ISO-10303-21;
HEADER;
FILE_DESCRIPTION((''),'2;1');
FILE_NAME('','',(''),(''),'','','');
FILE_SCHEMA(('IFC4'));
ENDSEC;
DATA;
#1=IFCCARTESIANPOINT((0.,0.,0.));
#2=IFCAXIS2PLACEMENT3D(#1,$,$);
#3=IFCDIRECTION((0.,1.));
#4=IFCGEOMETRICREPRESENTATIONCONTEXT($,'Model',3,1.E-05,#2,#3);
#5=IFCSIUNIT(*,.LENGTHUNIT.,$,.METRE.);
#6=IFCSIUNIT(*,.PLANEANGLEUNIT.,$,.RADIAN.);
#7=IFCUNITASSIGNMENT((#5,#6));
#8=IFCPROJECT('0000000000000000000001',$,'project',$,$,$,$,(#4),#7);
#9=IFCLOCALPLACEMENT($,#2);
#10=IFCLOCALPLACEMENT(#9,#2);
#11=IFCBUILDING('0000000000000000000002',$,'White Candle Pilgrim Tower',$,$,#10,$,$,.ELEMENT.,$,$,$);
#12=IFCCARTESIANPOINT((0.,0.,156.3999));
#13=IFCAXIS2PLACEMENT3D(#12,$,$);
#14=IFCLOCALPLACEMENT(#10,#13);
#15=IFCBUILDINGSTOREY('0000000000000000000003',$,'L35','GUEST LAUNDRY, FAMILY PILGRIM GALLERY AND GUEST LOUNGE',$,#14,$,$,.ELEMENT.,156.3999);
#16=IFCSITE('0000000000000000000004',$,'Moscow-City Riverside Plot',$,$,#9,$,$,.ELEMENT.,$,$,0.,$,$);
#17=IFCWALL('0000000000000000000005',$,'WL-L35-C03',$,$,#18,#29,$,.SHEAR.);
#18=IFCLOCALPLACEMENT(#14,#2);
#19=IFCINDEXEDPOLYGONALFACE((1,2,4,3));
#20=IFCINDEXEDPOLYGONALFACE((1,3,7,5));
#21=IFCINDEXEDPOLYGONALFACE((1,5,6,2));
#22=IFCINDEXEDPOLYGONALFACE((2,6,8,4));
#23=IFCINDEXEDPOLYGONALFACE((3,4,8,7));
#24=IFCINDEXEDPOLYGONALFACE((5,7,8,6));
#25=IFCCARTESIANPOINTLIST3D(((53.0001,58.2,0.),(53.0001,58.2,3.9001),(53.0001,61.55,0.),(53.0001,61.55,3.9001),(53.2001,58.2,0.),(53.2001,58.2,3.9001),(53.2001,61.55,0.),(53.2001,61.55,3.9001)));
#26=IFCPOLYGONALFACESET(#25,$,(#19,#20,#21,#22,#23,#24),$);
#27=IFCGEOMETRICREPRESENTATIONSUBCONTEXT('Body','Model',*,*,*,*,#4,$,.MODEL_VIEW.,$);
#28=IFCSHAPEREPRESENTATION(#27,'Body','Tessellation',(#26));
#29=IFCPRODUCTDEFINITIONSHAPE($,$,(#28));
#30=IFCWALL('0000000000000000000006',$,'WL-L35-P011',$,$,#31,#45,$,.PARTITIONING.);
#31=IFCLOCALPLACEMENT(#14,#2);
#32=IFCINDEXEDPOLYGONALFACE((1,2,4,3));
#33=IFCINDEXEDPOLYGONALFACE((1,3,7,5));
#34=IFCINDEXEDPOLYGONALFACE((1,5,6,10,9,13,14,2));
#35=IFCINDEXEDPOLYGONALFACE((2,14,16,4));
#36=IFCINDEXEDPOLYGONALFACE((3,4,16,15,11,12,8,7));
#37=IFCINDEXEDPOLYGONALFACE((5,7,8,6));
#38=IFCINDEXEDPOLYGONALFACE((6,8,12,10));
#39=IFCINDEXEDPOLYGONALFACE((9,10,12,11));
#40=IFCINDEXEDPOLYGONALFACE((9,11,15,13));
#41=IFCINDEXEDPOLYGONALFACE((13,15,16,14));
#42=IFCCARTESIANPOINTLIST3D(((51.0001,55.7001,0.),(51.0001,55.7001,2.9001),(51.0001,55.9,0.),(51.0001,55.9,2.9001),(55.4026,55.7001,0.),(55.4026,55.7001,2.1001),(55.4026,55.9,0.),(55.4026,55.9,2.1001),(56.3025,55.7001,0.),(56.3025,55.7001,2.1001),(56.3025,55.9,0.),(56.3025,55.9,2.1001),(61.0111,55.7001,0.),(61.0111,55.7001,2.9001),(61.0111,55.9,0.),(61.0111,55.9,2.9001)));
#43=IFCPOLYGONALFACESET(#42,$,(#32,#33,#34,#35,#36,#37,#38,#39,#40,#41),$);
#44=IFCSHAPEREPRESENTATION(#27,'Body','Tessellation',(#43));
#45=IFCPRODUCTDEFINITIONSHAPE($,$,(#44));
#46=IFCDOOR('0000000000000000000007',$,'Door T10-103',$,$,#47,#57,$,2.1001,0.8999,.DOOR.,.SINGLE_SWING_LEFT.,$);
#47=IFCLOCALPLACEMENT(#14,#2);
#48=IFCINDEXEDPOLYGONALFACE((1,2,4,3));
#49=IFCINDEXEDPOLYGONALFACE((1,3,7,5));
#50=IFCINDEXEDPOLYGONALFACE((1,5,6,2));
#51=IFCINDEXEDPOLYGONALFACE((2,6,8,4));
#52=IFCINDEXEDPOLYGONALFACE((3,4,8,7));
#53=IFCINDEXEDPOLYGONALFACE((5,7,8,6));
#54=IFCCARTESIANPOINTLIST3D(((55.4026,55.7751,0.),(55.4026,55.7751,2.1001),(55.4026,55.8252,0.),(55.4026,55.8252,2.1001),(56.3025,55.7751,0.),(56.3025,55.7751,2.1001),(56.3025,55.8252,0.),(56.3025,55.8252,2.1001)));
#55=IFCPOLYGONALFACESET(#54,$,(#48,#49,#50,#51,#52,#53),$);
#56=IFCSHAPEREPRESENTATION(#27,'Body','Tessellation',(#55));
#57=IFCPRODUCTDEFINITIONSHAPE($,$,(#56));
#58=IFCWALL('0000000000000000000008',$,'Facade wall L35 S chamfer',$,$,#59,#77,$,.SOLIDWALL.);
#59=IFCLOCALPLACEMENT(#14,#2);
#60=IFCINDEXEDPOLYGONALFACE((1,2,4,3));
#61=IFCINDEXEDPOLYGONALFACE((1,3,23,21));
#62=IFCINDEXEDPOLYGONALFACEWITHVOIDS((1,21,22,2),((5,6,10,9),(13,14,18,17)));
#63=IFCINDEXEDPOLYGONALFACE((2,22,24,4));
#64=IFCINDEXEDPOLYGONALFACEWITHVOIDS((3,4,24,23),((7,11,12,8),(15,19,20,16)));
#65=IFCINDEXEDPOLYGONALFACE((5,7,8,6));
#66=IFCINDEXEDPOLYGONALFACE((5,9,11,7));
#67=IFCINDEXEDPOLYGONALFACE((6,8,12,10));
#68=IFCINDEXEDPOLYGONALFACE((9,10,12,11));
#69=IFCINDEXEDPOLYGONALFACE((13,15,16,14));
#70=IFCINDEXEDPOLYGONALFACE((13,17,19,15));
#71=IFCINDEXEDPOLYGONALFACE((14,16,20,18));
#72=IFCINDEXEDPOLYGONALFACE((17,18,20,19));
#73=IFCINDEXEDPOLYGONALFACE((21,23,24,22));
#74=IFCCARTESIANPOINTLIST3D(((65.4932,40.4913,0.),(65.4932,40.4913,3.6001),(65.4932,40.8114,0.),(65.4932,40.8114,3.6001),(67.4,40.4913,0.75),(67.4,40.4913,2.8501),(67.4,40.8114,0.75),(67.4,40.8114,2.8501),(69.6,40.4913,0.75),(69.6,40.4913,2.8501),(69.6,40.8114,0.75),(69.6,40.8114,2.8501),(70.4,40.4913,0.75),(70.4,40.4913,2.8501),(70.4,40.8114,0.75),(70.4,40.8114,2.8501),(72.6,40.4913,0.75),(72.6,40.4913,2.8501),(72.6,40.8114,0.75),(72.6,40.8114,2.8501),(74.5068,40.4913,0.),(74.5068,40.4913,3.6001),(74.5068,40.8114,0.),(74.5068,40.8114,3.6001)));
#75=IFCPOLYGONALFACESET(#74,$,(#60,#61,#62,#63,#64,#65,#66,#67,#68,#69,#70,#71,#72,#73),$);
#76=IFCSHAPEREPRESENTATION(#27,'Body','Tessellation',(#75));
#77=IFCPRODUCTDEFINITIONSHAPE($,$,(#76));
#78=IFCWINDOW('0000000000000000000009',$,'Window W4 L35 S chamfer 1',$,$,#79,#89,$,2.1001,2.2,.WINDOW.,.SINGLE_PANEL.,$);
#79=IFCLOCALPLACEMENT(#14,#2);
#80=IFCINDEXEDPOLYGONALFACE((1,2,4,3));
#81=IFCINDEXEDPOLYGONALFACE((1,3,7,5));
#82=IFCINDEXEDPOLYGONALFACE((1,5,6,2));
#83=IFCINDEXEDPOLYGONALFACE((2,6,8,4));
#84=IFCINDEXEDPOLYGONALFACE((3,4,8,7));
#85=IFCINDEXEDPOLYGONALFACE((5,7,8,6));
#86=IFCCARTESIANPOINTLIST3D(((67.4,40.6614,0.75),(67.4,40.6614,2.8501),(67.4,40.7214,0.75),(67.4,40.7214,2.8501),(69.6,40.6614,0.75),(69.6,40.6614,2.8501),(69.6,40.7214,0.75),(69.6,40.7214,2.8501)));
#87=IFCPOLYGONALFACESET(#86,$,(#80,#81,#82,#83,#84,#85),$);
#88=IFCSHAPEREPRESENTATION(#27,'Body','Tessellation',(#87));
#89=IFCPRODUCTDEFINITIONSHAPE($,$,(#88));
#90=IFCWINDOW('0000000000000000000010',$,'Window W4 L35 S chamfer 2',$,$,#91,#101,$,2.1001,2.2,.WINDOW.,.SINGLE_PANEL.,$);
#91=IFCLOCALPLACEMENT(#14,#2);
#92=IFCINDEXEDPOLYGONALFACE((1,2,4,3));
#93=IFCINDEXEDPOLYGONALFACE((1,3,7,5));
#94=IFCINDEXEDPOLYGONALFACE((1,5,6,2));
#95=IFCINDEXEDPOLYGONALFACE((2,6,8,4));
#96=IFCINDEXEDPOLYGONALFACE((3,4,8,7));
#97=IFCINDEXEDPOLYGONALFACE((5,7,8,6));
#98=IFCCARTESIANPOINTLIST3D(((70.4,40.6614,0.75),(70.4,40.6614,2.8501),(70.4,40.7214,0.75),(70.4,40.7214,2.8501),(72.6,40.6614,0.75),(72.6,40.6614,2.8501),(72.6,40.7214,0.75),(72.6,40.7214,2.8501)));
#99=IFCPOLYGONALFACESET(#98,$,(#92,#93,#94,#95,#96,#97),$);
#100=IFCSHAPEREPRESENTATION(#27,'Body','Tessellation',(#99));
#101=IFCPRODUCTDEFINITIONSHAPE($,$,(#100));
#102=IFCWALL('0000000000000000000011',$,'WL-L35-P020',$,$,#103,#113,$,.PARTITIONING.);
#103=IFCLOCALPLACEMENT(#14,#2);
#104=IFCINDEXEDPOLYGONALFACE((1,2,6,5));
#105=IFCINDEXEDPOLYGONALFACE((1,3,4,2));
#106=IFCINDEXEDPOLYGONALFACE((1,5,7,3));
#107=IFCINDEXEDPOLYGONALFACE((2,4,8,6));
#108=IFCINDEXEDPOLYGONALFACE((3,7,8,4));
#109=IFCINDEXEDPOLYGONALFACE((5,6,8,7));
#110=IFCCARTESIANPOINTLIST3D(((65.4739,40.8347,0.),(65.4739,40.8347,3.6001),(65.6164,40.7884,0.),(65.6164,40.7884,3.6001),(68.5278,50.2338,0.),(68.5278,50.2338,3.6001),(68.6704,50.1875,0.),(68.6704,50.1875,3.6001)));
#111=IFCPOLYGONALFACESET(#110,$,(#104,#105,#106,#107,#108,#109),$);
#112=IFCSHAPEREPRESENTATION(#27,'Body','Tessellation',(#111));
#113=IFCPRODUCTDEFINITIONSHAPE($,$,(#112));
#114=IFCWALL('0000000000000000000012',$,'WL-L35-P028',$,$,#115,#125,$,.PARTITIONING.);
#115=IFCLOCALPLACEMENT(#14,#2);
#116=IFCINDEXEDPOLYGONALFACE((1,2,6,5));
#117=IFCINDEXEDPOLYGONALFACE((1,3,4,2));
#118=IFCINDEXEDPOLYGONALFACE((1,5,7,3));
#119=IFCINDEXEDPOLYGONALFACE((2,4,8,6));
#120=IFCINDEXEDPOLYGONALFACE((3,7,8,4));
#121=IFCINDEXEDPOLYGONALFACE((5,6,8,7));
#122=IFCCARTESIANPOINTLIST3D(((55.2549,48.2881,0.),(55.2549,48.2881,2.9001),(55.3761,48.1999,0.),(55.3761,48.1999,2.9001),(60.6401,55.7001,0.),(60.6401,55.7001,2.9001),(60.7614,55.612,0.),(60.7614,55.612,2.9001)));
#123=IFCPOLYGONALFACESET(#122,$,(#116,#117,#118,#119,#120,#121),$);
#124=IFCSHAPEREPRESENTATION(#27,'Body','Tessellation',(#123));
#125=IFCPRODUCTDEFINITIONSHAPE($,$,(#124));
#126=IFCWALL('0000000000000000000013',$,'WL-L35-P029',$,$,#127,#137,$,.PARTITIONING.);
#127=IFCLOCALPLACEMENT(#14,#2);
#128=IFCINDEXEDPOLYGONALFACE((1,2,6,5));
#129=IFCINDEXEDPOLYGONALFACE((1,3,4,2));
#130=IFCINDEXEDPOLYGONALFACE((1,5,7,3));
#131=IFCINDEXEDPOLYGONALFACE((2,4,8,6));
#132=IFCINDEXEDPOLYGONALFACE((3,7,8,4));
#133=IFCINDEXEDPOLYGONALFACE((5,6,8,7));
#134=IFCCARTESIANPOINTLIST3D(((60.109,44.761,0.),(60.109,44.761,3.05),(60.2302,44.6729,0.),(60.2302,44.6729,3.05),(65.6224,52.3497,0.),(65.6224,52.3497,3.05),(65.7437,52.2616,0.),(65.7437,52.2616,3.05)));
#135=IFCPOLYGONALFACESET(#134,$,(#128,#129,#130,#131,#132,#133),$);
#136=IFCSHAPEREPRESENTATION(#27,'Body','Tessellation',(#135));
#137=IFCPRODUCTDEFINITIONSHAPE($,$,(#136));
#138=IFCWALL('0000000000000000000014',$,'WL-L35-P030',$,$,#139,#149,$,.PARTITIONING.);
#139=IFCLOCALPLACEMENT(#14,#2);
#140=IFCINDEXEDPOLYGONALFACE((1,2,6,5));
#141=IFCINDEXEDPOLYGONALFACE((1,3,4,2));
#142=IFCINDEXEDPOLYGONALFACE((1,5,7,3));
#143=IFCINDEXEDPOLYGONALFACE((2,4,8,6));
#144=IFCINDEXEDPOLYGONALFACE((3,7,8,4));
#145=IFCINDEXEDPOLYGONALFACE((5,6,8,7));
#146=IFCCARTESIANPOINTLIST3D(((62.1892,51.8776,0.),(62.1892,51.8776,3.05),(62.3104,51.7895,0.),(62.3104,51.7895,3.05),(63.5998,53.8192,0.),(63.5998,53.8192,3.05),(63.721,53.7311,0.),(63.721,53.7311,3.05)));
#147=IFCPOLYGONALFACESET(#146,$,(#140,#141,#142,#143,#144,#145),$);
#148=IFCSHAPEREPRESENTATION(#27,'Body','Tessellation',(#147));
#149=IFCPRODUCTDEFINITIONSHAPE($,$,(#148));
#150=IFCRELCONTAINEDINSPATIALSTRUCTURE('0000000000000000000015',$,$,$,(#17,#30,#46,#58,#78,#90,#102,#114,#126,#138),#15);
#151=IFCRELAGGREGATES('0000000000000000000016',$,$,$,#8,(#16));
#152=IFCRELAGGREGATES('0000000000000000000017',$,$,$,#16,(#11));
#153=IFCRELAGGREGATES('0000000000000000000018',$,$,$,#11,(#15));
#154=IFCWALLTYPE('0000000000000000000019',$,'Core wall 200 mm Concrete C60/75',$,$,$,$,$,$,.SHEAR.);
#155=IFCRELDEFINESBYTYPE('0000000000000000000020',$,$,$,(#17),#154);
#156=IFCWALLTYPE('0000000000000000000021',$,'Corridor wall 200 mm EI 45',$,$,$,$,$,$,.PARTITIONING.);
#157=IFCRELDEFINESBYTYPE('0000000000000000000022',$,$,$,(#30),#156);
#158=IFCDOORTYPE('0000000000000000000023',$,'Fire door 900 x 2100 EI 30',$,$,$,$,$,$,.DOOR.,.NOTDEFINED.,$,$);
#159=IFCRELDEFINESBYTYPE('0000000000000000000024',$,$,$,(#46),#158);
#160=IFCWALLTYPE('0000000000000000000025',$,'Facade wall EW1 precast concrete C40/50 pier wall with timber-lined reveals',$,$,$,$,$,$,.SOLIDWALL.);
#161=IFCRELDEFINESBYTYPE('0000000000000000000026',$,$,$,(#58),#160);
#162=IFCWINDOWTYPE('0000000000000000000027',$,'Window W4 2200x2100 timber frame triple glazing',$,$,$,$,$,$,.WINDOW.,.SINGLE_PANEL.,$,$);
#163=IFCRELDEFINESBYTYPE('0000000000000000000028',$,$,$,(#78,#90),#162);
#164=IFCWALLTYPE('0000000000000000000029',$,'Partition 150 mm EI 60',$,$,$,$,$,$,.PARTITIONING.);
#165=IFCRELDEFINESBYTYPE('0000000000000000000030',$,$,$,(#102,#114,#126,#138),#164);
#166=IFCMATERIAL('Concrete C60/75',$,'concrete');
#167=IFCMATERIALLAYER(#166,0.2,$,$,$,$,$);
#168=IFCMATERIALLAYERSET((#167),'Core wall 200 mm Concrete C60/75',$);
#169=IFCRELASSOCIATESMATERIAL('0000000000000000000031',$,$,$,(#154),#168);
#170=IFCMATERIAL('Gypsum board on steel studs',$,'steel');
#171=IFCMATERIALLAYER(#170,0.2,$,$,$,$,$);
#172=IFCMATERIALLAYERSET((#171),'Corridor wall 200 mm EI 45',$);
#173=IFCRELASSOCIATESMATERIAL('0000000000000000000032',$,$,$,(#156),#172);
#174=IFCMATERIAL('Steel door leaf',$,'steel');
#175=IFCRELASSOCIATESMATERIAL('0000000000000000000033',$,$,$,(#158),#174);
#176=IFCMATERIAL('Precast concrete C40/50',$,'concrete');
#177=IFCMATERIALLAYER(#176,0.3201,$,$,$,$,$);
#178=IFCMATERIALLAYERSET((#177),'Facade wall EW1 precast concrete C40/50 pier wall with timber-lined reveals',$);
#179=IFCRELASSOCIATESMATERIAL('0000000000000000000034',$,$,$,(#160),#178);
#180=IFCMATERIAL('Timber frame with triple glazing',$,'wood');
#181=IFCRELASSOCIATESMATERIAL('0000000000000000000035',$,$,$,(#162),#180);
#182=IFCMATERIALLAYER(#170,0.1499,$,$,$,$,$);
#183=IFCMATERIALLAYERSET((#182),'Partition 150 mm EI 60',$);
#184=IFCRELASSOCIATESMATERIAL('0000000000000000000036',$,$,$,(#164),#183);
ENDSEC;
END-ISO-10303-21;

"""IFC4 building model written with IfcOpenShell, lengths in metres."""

from ifc_helpers import new_model, si_unit, direction, frame, frame_2d, origin, place, context, subcontext, project, spatial, rectangle, extrude, material, layer, layer_set, type_object, element, fill, save


model = new_model("IFC4")

# Units and contexts
model_context = context("Model", 3, precision=1e-05, world=origin(), true_north=direction((0.0, 1.0)))
body_context = subcontext(model_context, "Body", "Model", "MODEL_VIEW")
ifc_project = project(units=[si_unit("LENGTHUNIT", "METRE"), si_unit("PLANEANGLEUNIT", "RADIAN")], contexts=[model_context])

# Site, building, storey
site_placement = place(None, origin())
site = spatial("IfcSite", under=ifc_project, at=site_placement, Name="Moscow-City Riverside Plot", CompositionType="ELEMENT", RefElevation=0.0)
building_placement = place(site_placement, origin())
building = spatial("IfcBuilding", under=site, at=building_placement, Name="White Candle Pilgrim Tower", CompositionType="ELEMENT")
storey_placement = place(building_placement, frame((0.0, 0.0, 156.3999)))
storey = spatial("IfcBuildingStorey", under=building, at=storey_placement, Name="L35", Description="GUEST LAUNDRY, FAMILY PILGRIM GALLERY AND GUEST LOUNGE", CompositionType="ELEMENT", Elevation=156.3999)

# Wall
ifc_material_1 = material(Name="Concrete C60/75", Category="concrete")
ifc_layer_1 = layer(ifc_material_1, 0.2)
ifc_layer_set_1 = layer_set([ifc_layer_1], Name="Core wall 200 mm Concrete C60/75")
wall_type_1 = type_object("IfcWallType", Name="Core wall 200 mm Concrete C60/75", PredefinedType="SHEAR", material=ifc_layer_set_1)
wall_1_placement = place(storey_placement, frame((53.1001, 58.2, 0.0), z_axis=(0.0, 0.0, 1.0), x_axis=(0.0, 1.0, 0.0)))
element("IfcWall", 1, at=wall_1_placement, inside=storey, type_object=wall_type_1, Name="WL-L35-C03", PredefinedType="SHEAR", context=body_context, shape_type="SweptSolid", body=[
    extrude(rectangle(XDim=3.3501, YDim=0.2, at=frame_2d((1.675, 0.0))), origin(), (0.0, 0.0, 1.0), 3.9001),
])

# Wall, opening, door
ifc_material_2 = material(Name="Gypsum board on steel studs", Category="steel")
ifc_layer_2 = layer(ifc_material_2, 0.2)
ifc_layer_set_2 = layer_set([ifc_layer_2], Name="Corridor wall 200 mm EI 45")
wall_type_2 = type_object("IfcWallType", Name="Corridor wall 200 mm EI 45", PredefinedType="PARTITIONING", material=ifc_layer_set_2)
wall_2_placement = place(storey_placement, frame((61.011, 55.8, 0.0), z_axis=(0.0, 0.0, 1.0), x_axis=(-1.0, 0.0, 0.0)))
wall_2 = element("IfcWall", 2, at=wall_2_placement, inside=storey, type_object=wall_type_2, Name="WL-L35-P011", PredefinedType="PARTITIONING", context=body_context, shape_type="SweptSolid", body=[
    extrude(rectangle(XDim=10.011, YDim=0.2, at=frame_2d((5.0054, 0.0))), origin(), (0.0, 0.0, 1.0), 2.9001),
])
opening_1_placement = place(wall_2_placement, frame((4.7085, 0.0, 0.0)))
opening_1 = element("IfcOpeningElement", 3, at=opening_1_placement, cuts=wall_2, PredefinedType="OPENING", context=body_context, shape_type="SweptSolid", body=[
    extrude(rectangle(XDim=0.8999, YDim=2.1001, at=frame_2d((0.45, 1.05))), frame((0.0, 0.1099, 0.0), z_axis=(0.0, -1.0, 0.0), x_axis=(1.0, 0.0, 0.0)), (0.0, 0.0, 1.0), 0.22),
])
ifc_material_3 = material(Name="Steel door leaf", Category="steel")
door_type_1 = type_object("IfcDoorType", Name="Fire door 900 x 2100 EI 30", OperationType="NOTDEFINED", PredefinedType="DOOR", material=ifc_material_3)
door_1_placement = place(opening_1_placement, origin())
door_1 = element("IfcDoor", 4, at=door_1_placement, inside=storey, type_object=door_type_1, Name="Door T10-103", OperationType="SINGLE_SWING_LEFT", OverallHeight=2.1001, OverallWidth=0.8999, PredefinedType="DOOR", context=body_context, shape_type="SweptSolid", body=[
    extrude(rectangle(XDim=0.8999, YDim=2.1001, at=frame_2d((0.45, 1.05))), frame((0.0, 0.0249, 0.0), z_axis=(0.0, -1.0, 0.0), x_axis=(1.0, 0.0, 0.0)), (0.0, 0.0, 1.0), 0.05),
])
fill(opening_1, door_1)

# Wall, openings, windows
ifc_material_4 = material(Name="Precast concrete C40/50", Category="concrete")
ifc_layer_3 = layer(ifc_material_4, 0.3201)
ifc_layer_set_3 = layer_set([ifc_layer_3], Name="Facade wall EW1 precast concrete C40/50 pier wall with timber-lined reveals")
wall_type_3 = type_object("IfcWallType", Name="Facade wall EW1 precast concrete C40/50 pier wall with timber-lined reveals", PredefinedType="SOLIDWALL", material=ifc_layer_set_3)
wall_3_placement = place(storey_placement, frame((65.4932, 40.6514, 0.0), z_axis=(0.0, 0.0, 1.0), x_axis=(1.0, 0.0, 0.0)))
wall_3 = element("IfcWall", 5, at=wall_3_placement, inside=storey, type_object=wall_type_3, Name="Facade wall L35 S chamfer", PredefinedType="SOLIDWALL", context=body_context, shape_type="SweptSolid", body=[
    extrude(rectangle(XDim=9.0137, YDim=0.3201, at=frame_2d((4.5068, 0.0))), origin(), (0.0, 0.0, 1.0), 3.6001),
])
opening_2_placement = place(wall_3_placement, frame((1.9067, 0.0, 0.75)))
opening_2 = element("IfcOpeningElement", 6, at=opening_2_placement, cuts=wall_3, PredefinedType="OPENING", context=body_context, shape_type="SweptSolid", body=[
    extrude(rectangle(XDim=2.2, YDim=2.1001, at=frame_2d((1.1001, 1.05))), frame((0.0, 0.1699, 0.0), z_axis=(0.0, -1.0, 0.0), x_axis=(1.0, 0.0, 0.0)), (0.0, 0.0, 1.0), 0.3401),
])
opening_3_placement = place(wall_3_placement, frame((4.9067, 0.0, 0.75)))
opening_3 = element("IfcOpeningElement", 7, at=opening_3_placement, cuts=wall_3, PredefinedType="OPENING", context=body_context, shape_type="SweptSolid", body=[
    extrude(rectangle(XDim=2.2, YDim=2.1001, at=frame_2d((1.1001, 1.05))), frame((0.0, 0.1699, 0.0), z_axis=(0.0, -1.0, 0.0), x_axis=(1.0, 0.0, 0.0)), (0.0, 0.0, 1.0), 0.3401),
])
ifc_material_5 = material(Name="Timber frame with triple glazing", Category="wood")
window_type = type_object("IfcWindowType", Name="Window W4 2200x2100 timber frame triple glazing", PartitioningType="SINGLE_PANEL", PredefinedType="WINDOW", material=ifc_material_5)
window_1_placement = place(opening_2_placement, origin())
window_1 = element("IfcWindow", 8, at=window_1_placement, inside=storey, type_object=window_type, Name="Window W4 L35 S chamfer 1", OverallHeight=2.1001, OverallWidth=2.2, PartitioningType="SINGLE_PANEL", PredefinedType="WINDOW", context=body_context, shape_type="SweptSolid", body=[
    extrude(rectangle(XDim=2.2, YDim=2.1001, at=frame_2d((1.1001, 1.05))), frame((0.0, 0.0701, 0.0), z_axis=(0.0, -1.0, 0.0), x_axis=(1.0, 0.0, 0.0)), (0.0, 0.0, 1.0), 0.0601),
])
fill(opening_2, window_1)
window_2_placement = place(opening_3_placement, origin())
window_2 = element("IfcWindow", 9, at=window_2_placement, inside=storey, type_object=window_type, Name="Window W4 L35 S chamfer 2", OverallHeight=2.1001, OverallWidth=2.2, PartitioningType="SINGLE_PANEL", PredefinedType="WINDOW", context=body_context, shape_type="SweptSolid", body=[
    extrude(rectangle(XDim=2.2, YDim=2.1001, at=frame_2d((1.1001, 1.05))), frame((0.0, 0.0701, 0.0), z_axis=(0.0, -1.0, 0.0), x_axis=(1.0, 0.0, 0.0)), (0.0, 0.0, 1.0), 0.0601),
])
fill(opening_3, window_2)

# Walls
ifc_layer_4 = layer(ifc_material_2, 0.1499)
ifc_layer_set_4 = layer_set([ifc_layer_4], Name="Partition 150 mm EI 60")
wall_type_4 = type_object("IfcWallType", Name="Partition 150 mm EI 60", PredefinedType="PARTITIONING", material=ifc_layer_set_4)
wall_4_placement = place(storey_placement, frame((65.5452, 40.8115, 0.0), z_axis=(0.0, 0.0, 1.0), x_axis=(0.309015, 0.951057, 0.0)))
element("IfcWall", 10, at=wall_4_placement, inside=storey, type_object=wall_type_4, Name="WL-L35-P020", PredefinedType="PARTITIONING", context=body_context, shape_type="SweptSolid", body=[
    extrude(rectangle(XDim=9.8828, YDim=0.1499, at=frame_2d((4.9414, 0.0))), origin(), (0.0, 0.0, 1.0), 3.6001),
])
wall_5_placement = place(storey_placement, frame((55.3154, 48.2439, 0.0), z_axis=(0.0, 0.0, 1.0), x_axis=(0.587788, 0.809015, 0.0)))
element("IfcWall", 11, at=wall_5_placement, inside=storey, type_object=wall_type_4, Name="WL-L35-P028", PredefinedType="PARTITIONING", context=body_context, shape_type="SweptSolid", body=[
    extrude(rectangle(XDim=9.1619, YDim=0.1499, at=frame_2d((4.5811, 0.0))), origin(), (0.0, 0.0, 1.0), 2.9001),
])
wall_6_placement = place(storey_placement, frame((60.1697, 44.717, 0.0), z_axis=(0.0, 0.0, 1.0), x_axis=(0.587783, 0.809018, 0.0)))
element("IfcWall", 12, at=wall_6_placement, inside=storey, type_object=wall_type_4, Name="WL-L35-P029", PredefinedType="PARTITIONING", context=body_context, shape_type="SweptSolid", body=[
    extrude(rectangle(XDim=9.3801, YDim=0.1499, at=frame_2d((4.6899, 0.0))), origin(), (0.0, 0.0, 1.0), 3.05),
])
wall_7_placement = place(storey_placement, frame((63.6604, 53.7751, 0.0), z_axis=(0.0, 0.0, 1.0), x_axis=(-0.587772, -0.809026, 0.0)))
element("IfcWall", 13, at=wall_7_placement, inside=storey, type_object=wall_type_4, Name="WL-L35-P030", PredefinedType="PARTITIONING", context=body_context, shape_type="SweptSolid", body=[
    extrude(rectangle(XDim=2.3999, YDim=0.1499, at=frame_2d((1.2, 0.0))), origin(), (0.0, 0.0, 1.0), 3.05),
])

save(model, "model.ifc")
